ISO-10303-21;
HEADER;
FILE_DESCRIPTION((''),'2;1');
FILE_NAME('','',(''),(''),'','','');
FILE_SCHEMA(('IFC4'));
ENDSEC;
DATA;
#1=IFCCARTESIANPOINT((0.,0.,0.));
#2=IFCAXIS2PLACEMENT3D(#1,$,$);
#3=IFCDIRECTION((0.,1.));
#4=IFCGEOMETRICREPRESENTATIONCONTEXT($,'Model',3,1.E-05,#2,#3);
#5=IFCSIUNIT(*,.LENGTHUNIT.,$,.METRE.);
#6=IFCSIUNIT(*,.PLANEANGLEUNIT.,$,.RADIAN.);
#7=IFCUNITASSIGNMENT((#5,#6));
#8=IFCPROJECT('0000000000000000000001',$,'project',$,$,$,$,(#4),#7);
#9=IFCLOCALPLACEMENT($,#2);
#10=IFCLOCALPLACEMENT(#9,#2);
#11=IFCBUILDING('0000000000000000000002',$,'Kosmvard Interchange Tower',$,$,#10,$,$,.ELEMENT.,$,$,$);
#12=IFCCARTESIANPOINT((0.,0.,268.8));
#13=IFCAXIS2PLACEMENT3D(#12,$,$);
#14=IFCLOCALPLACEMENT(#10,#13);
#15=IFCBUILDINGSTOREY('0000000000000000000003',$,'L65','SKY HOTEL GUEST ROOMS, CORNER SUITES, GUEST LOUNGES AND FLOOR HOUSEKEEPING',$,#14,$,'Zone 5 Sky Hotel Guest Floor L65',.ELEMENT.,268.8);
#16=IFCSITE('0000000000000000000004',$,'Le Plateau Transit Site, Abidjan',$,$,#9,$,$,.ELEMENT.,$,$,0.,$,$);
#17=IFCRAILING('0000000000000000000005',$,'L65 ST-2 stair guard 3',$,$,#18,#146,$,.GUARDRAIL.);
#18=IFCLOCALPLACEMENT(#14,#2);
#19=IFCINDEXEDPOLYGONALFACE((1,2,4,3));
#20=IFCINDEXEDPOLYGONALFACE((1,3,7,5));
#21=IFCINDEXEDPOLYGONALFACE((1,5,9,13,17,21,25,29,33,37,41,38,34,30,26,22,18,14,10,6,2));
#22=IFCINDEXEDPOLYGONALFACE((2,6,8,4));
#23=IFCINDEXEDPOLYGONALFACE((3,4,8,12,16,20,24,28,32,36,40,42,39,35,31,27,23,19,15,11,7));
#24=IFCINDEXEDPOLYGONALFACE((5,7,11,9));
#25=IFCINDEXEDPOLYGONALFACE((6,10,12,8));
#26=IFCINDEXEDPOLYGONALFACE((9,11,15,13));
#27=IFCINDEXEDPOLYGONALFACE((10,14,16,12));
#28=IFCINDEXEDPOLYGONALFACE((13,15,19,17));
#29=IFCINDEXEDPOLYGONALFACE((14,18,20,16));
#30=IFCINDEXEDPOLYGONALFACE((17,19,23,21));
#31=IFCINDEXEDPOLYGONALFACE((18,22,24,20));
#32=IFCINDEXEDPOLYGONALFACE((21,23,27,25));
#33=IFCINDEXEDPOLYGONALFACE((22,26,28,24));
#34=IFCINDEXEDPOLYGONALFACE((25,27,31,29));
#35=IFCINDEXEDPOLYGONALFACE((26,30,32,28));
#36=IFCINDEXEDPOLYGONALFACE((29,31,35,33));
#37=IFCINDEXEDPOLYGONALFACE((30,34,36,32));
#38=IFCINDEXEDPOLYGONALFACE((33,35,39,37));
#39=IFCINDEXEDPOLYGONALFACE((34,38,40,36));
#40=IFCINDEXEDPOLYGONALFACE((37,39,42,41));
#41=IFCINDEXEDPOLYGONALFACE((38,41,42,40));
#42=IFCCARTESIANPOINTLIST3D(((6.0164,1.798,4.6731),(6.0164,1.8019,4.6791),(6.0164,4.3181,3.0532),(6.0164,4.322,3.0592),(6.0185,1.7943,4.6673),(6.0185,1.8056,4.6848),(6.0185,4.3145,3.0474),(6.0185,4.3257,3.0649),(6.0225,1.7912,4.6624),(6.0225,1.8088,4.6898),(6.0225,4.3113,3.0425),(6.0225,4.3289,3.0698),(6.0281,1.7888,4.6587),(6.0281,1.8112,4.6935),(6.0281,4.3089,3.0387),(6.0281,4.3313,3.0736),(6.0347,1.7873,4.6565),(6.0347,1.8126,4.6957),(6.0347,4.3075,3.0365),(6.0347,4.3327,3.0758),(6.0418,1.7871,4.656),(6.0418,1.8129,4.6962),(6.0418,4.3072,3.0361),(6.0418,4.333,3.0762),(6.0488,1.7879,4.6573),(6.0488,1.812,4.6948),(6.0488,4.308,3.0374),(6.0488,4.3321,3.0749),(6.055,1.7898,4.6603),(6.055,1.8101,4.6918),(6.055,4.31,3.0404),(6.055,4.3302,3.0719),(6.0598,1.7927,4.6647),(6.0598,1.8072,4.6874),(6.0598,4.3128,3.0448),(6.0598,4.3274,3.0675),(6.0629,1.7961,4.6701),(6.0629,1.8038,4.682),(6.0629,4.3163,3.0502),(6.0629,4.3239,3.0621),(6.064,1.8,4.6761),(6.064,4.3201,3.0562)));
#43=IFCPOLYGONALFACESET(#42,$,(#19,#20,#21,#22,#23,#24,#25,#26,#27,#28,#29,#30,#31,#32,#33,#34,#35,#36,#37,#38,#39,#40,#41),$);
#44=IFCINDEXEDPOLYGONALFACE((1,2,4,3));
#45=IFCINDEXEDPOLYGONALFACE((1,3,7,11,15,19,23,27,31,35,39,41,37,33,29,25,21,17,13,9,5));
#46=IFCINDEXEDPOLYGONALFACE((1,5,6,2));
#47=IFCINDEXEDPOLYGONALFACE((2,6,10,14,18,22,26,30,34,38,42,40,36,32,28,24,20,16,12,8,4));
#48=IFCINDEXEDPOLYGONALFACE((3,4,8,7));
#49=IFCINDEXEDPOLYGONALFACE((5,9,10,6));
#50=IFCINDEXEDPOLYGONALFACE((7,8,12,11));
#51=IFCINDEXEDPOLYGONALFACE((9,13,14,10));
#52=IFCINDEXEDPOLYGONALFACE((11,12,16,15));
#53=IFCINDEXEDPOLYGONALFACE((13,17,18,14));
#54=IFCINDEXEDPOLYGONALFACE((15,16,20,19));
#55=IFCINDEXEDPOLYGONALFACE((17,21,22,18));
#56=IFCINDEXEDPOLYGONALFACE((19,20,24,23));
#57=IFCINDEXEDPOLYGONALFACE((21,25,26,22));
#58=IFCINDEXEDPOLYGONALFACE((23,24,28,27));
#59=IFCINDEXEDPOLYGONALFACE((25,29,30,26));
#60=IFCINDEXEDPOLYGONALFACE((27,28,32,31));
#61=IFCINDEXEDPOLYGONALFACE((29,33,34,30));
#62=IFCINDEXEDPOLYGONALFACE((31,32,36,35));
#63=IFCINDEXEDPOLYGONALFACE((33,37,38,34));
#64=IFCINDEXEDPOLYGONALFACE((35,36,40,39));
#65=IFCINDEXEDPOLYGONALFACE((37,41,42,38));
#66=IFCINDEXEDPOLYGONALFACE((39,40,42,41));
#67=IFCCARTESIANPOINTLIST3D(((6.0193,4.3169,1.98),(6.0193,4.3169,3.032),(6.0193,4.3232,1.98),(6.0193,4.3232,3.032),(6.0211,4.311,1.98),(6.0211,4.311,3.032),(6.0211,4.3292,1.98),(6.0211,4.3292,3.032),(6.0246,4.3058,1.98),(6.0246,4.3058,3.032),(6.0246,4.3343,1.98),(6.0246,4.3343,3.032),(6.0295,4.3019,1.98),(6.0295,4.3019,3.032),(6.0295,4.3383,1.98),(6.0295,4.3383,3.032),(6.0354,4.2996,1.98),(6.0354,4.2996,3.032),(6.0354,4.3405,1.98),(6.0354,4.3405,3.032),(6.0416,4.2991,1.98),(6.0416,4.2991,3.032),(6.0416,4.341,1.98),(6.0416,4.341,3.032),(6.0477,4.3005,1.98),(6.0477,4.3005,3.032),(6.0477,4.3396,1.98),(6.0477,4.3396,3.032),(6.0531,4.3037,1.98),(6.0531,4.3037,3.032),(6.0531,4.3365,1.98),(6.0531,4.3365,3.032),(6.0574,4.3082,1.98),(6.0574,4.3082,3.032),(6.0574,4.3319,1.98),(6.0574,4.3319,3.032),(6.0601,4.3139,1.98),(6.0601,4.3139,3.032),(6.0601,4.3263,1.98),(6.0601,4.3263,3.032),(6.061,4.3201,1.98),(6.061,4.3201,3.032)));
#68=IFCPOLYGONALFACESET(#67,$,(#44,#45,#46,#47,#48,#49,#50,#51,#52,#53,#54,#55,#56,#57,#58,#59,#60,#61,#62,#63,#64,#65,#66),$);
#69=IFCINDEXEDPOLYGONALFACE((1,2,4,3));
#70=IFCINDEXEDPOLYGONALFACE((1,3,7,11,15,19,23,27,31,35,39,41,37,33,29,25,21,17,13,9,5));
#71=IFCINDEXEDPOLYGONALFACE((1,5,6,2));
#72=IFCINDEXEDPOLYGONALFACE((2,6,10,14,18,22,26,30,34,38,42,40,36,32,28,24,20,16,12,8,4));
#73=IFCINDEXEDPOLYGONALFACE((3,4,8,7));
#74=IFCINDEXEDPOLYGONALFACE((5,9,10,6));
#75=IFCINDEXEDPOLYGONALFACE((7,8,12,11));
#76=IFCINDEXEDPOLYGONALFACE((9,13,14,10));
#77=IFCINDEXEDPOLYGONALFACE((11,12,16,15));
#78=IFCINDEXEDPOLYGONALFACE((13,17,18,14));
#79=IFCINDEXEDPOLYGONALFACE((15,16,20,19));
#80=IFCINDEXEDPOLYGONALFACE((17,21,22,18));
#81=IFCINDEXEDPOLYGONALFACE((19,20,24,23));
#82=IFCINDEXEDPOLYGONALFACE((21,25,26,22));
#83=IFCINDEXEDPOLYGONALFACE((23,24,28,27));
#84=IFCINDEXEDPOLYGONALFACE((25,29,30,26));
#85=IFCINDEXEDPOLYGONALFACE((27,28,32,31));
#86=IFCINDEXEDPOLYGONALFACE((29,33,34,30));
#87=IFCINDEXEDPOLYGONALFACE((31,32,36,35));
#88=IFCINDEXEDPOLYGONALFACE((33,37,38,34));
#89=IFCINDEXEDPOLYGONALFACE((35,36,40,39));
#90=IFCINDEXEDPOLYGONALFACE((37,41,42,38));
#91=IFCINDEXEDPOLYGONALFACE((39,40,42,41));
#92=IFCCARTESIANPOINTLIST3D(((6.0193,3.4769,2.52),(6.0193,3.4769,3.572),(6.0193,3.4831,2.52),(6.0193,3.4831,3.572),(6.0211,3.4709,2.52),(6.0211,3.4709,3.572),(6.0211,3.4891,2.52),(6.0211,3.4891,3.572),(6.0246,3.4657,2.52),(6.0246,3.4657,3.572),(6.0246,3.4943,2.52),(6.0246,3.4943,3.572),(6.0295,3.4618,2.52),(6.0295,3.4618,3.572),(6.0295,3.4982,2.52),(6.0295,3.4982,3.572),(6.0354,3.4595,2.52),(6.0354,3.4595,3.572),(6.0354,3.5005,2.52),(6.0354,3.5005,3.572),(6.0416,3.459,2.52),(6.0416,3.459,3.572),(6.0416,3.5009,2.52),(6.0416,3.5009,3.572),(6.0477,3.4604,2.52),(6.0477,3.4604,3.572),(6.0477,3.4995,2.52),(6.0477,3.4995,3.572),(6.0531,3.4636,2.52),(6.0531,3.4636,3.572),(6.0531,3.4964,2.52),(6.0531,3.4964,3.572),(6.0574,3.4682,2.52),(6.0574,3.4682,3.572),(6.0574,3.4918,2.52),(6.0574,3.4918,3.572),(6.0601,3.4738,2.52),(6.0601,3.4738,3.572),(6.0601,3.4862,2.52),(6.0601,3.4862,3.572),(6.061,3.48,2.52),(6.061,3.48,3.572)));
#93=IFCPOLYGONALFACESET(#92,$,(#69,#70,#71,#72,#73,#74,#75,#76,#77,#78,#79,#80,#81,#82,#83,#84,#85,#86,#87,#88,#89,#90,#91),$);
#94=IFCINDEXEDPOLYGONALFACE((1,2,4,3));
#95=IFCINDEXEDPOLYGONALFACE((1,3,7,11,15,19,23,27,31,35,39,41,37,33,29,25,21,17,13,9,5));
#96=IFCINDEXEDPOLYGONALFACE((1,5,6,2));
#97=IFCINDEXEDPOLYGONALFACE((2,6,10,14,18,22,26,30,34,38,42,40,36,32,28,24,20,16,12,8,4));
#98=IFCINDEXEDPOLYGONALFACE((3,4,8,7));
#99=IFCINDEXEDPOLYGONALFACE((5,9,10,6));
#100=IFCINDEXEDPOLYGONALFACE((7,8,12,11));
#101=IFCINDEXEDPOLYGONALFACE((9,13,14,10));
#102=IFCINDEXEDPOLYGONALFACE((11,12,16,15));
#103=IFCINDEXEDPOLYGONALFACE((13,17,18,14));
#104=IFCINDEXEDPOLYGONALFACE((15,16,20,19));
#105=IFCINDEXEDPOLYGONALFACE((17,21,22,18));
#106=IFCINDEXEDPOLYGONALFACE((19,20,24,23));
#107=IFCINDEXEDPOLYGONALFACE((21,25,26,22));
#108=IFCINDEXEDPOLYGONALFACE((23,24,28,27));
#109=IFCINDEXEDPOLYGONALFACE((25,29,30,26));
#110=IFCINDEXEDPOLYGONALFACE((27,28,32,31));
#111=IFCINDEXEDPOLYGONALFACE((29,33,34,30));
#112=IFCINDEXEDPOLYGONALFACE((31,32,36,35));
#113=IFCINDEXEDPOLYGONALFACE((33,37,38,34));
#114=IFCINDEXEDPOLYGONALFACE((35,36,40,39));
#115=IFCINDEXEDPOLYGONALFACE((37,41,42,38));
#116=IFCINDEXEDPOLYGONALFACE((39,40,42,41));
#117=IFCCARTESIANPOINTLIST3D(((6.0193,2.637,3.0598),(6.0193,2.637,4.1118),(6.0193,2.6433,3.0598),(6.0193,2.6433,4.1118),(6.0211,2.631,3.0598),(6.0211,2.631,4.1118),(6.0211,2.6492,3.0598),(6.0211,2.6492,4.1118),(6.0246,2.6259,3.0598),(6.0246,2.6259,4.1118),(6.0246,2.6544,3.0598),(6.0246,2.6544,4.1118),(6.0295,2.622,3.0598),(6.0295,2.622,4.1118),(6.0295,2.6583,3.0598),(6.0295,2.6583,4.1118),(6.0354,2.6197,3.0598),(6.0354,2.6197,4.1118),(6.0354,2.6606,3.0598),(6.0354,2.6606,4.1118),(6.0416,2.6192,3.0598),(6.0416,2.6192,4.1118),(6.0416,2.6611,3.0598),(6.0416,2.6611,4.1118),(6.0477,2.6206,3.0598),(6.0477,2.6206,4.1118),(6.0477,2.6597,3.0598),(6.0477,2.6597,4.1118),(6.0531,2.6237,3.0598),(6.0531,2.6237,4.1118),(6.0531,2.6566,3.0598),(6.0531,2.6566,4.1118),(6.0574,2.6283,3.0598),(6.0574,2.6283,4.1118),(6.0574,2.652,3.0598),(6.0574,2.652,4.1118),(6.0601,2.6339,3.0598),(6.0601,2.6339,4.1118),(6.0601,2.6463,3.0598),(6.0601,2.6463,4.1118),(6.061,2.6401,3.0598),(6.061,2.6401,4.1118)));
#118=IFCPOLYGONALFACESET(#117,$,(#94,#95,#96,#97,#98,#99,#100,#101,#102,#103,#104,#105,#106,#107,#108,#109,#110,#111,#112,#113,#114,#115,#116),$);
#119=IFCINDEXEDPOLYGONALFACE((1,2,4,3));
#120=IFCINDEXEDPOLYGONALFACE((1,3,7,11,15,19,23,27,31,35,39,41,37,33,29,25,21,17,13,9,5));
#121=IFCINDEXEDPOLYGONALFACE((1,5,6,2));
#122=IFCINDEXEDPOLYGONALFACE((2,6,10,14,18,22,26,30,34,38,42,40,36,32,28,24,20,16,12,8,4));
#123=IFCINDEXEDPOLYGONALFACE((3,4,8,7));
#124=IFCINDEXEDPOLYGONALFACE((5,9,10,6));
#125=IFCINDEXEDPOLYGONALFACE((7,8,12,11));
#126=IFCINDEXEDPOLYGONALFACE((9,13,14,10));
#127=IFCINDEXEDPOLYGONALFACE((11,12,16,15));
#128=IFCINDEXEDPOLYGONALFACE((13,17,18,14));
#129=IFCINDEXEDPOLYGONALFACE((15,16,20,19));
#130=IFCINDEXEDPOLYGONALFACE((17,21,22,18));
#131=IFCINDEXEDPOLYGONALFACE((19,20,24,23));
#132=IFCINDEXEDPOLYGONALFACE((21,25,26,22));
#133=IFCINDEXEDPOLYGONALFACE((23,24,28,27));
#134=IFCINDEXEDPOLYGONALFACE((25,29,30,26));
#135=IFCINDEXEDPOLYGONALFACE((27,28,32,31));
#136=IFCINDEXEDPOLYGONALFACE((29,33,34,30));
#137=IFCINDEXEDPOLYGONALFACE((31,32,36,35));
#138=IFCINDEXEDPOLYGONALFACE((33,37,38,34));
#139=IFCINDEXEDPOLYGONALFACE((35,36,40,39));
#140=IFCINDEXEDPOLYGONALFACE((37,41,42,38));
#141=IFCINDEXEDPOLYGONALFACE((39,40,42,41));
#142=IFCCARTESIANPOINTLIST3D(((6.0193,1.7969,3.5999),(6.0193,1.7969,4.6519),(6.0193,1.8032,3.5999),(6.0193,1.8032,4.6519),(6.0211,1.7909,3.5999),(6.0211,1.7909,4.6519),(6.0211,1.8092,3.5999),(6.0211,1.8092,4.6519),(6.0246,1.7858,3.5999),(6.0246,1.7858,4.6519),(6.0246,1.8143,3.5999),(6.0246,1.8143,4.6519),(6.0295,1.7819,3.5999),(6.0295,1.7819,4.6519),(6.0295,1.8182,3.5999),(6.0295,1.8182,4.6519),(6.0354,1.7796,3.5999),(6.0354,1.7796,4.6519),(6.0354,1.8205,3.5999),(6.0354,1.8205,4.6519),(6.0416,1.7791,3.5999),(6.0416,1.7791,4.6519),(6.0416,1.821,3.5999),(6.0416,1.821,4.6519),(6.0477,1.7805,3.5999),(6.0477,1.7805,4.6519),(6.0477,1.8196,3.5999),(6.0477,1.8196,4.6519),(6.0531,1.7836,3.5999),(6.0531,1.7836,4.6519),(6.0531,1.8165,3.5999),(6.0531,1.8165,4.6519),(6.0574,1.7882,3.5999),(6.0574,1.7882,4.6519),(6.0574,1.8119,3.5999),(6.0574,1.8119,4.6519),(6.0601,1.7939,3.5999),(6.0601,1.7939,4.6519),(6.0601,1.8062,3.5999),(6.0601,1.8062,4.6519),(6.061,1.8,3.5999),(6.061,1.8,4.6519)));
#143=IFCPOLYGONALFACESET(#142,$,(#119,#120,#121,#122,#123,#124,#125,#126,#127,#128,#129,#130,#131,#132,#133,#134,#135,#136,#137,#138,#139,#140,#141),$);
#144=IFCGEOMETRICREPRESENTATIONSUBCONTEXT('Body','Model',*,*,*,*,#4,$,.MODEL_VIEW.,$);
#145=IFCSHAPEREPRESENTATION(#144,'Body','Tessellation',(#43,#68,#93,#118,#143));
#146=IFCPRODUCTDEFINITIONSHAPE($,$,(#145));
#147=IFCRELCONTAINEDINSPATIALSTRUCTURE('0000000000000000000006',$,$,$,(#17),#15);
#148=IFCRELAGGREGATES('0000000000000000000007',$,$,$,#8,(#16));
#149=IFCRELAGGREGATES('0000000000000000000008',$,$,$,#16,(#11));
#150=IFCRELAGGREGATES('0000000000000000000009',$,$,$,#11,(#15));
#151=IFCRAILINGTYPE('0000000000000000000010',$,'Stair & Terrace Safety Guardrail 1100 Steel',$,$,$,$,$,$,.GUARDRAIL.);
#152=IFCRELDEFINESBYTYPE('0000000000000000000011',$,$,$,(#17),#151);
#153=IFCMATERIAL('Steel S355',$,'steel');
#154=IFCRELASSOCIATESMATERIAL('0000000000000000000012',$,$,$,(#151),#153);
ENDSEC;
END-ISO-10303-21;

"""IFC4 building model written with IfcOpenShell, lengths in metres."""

from ifc_helpers import new_model, si_unit, direction, frame, origin, origin_2d, place, context, subcontext, project, spatial, circle, extrude, source, transform, mapped, material, type_object, element, save


model = new_model("IFC4")

# Units and contexts
model_context = context("Model", 3, precision=1e-05, world=origin(), true_north=direction((0.0, 1.0)))
body_context = subcontext(model_context, "Body", "Model", "MODEL_VIEW")
ifc_project = project(units=[si_unit("LENGTHUNIT", "METRE"), si_unit("PLANEANGLEUNIT", "RADIAN")], contexts=[model_context])

# Site, building, storey
site_placement = place(None, origin())
site = spatial("IfcSite", under=ifc_project, at=site_placement, Name="Le Plateau Transit Site, Abidjan", CompositionType="ELEMENT", RefElevation=0.0)
building_placement = place(site_placement, origin())
building = spatial("IfcBuilding", under=site, at=building_placement, Name="Kosmvard Interchange Tower", CompositionType="ELEMENT")
storey_placement = place(building_placement, frame((0.0, 0.0, 268.8)))
storey = spatial("IfcBuildingStorey", under=building, at=storey_placement, Name="L65", Description="SKY HOTEL GUEST ROOMS, CORNER SUITES, GUEST LOUNGES AND FLOOR HOUSEKEEPING", LongName="Zone 5 Sky Hotel Guest Floor L65", CompositionType="ELEMENT", Elevation=268.8)

# Shared definitions
ifc_material_1 = material(Name="Steel S355", Category="steel")

# Railing
railing_type_1 = type_object("IfcRailingType", Name="Stair & Terrace Safety Guardrail 1100 Steel", PredefinedType="GUARDRAIL", material=ifc_material_1)
shared_shape_1 = source(origin(), body_context, "Body", "SweptSolid", [
    extrude(circle(Radius=0.0239, at=origin_2d()), frame((0.0, 0.0, 1.0762), z_axis=(0.0, -0.8412, 0.540725), x_axis=(1.0, 0.0, 0.0)), (0.0, 0.0, 1.0), 2.9958),
    extrude(circle(Radius=0.021, at=origin_2d()), origin(), (0.0, 0.0, 1.0), 1.052),
    extrude(circle(Radius=0.021, at=origin_2d()), frame((0.0, -0.8401, 0.54)), (0.0, 0.0, 1.0), 1.052),
    extrude(circle(Radius=0.021, at=origin_2d()), frame((0.0, -1.6799, 1.0798)), (0.0, 0.0, 1.0), 1.052),
    extrude(circle(Radius=0.021, at=origin_2d()), frame((0.0, -2.52, 1.6199)), (0.0, 0.0, 1.0), 1.052),
])
railing_1_placement = place(storey_placement, frame((6.04, 4.3201, 1.98)))
element("IfcRailing", 1, at=railing_1_placement, inside=storey, type_object=railing_type_1, Name="L65 ST-2 stair guard 3", PredefinedType="GUARDRAIL", context=body_context, shape_type="MappedRepresentation", body=[
    mapped(shared_shape_1, transform((0.0, 0.0, 0.0), scale=1.0)),
])

save(model, "model.ifc")
